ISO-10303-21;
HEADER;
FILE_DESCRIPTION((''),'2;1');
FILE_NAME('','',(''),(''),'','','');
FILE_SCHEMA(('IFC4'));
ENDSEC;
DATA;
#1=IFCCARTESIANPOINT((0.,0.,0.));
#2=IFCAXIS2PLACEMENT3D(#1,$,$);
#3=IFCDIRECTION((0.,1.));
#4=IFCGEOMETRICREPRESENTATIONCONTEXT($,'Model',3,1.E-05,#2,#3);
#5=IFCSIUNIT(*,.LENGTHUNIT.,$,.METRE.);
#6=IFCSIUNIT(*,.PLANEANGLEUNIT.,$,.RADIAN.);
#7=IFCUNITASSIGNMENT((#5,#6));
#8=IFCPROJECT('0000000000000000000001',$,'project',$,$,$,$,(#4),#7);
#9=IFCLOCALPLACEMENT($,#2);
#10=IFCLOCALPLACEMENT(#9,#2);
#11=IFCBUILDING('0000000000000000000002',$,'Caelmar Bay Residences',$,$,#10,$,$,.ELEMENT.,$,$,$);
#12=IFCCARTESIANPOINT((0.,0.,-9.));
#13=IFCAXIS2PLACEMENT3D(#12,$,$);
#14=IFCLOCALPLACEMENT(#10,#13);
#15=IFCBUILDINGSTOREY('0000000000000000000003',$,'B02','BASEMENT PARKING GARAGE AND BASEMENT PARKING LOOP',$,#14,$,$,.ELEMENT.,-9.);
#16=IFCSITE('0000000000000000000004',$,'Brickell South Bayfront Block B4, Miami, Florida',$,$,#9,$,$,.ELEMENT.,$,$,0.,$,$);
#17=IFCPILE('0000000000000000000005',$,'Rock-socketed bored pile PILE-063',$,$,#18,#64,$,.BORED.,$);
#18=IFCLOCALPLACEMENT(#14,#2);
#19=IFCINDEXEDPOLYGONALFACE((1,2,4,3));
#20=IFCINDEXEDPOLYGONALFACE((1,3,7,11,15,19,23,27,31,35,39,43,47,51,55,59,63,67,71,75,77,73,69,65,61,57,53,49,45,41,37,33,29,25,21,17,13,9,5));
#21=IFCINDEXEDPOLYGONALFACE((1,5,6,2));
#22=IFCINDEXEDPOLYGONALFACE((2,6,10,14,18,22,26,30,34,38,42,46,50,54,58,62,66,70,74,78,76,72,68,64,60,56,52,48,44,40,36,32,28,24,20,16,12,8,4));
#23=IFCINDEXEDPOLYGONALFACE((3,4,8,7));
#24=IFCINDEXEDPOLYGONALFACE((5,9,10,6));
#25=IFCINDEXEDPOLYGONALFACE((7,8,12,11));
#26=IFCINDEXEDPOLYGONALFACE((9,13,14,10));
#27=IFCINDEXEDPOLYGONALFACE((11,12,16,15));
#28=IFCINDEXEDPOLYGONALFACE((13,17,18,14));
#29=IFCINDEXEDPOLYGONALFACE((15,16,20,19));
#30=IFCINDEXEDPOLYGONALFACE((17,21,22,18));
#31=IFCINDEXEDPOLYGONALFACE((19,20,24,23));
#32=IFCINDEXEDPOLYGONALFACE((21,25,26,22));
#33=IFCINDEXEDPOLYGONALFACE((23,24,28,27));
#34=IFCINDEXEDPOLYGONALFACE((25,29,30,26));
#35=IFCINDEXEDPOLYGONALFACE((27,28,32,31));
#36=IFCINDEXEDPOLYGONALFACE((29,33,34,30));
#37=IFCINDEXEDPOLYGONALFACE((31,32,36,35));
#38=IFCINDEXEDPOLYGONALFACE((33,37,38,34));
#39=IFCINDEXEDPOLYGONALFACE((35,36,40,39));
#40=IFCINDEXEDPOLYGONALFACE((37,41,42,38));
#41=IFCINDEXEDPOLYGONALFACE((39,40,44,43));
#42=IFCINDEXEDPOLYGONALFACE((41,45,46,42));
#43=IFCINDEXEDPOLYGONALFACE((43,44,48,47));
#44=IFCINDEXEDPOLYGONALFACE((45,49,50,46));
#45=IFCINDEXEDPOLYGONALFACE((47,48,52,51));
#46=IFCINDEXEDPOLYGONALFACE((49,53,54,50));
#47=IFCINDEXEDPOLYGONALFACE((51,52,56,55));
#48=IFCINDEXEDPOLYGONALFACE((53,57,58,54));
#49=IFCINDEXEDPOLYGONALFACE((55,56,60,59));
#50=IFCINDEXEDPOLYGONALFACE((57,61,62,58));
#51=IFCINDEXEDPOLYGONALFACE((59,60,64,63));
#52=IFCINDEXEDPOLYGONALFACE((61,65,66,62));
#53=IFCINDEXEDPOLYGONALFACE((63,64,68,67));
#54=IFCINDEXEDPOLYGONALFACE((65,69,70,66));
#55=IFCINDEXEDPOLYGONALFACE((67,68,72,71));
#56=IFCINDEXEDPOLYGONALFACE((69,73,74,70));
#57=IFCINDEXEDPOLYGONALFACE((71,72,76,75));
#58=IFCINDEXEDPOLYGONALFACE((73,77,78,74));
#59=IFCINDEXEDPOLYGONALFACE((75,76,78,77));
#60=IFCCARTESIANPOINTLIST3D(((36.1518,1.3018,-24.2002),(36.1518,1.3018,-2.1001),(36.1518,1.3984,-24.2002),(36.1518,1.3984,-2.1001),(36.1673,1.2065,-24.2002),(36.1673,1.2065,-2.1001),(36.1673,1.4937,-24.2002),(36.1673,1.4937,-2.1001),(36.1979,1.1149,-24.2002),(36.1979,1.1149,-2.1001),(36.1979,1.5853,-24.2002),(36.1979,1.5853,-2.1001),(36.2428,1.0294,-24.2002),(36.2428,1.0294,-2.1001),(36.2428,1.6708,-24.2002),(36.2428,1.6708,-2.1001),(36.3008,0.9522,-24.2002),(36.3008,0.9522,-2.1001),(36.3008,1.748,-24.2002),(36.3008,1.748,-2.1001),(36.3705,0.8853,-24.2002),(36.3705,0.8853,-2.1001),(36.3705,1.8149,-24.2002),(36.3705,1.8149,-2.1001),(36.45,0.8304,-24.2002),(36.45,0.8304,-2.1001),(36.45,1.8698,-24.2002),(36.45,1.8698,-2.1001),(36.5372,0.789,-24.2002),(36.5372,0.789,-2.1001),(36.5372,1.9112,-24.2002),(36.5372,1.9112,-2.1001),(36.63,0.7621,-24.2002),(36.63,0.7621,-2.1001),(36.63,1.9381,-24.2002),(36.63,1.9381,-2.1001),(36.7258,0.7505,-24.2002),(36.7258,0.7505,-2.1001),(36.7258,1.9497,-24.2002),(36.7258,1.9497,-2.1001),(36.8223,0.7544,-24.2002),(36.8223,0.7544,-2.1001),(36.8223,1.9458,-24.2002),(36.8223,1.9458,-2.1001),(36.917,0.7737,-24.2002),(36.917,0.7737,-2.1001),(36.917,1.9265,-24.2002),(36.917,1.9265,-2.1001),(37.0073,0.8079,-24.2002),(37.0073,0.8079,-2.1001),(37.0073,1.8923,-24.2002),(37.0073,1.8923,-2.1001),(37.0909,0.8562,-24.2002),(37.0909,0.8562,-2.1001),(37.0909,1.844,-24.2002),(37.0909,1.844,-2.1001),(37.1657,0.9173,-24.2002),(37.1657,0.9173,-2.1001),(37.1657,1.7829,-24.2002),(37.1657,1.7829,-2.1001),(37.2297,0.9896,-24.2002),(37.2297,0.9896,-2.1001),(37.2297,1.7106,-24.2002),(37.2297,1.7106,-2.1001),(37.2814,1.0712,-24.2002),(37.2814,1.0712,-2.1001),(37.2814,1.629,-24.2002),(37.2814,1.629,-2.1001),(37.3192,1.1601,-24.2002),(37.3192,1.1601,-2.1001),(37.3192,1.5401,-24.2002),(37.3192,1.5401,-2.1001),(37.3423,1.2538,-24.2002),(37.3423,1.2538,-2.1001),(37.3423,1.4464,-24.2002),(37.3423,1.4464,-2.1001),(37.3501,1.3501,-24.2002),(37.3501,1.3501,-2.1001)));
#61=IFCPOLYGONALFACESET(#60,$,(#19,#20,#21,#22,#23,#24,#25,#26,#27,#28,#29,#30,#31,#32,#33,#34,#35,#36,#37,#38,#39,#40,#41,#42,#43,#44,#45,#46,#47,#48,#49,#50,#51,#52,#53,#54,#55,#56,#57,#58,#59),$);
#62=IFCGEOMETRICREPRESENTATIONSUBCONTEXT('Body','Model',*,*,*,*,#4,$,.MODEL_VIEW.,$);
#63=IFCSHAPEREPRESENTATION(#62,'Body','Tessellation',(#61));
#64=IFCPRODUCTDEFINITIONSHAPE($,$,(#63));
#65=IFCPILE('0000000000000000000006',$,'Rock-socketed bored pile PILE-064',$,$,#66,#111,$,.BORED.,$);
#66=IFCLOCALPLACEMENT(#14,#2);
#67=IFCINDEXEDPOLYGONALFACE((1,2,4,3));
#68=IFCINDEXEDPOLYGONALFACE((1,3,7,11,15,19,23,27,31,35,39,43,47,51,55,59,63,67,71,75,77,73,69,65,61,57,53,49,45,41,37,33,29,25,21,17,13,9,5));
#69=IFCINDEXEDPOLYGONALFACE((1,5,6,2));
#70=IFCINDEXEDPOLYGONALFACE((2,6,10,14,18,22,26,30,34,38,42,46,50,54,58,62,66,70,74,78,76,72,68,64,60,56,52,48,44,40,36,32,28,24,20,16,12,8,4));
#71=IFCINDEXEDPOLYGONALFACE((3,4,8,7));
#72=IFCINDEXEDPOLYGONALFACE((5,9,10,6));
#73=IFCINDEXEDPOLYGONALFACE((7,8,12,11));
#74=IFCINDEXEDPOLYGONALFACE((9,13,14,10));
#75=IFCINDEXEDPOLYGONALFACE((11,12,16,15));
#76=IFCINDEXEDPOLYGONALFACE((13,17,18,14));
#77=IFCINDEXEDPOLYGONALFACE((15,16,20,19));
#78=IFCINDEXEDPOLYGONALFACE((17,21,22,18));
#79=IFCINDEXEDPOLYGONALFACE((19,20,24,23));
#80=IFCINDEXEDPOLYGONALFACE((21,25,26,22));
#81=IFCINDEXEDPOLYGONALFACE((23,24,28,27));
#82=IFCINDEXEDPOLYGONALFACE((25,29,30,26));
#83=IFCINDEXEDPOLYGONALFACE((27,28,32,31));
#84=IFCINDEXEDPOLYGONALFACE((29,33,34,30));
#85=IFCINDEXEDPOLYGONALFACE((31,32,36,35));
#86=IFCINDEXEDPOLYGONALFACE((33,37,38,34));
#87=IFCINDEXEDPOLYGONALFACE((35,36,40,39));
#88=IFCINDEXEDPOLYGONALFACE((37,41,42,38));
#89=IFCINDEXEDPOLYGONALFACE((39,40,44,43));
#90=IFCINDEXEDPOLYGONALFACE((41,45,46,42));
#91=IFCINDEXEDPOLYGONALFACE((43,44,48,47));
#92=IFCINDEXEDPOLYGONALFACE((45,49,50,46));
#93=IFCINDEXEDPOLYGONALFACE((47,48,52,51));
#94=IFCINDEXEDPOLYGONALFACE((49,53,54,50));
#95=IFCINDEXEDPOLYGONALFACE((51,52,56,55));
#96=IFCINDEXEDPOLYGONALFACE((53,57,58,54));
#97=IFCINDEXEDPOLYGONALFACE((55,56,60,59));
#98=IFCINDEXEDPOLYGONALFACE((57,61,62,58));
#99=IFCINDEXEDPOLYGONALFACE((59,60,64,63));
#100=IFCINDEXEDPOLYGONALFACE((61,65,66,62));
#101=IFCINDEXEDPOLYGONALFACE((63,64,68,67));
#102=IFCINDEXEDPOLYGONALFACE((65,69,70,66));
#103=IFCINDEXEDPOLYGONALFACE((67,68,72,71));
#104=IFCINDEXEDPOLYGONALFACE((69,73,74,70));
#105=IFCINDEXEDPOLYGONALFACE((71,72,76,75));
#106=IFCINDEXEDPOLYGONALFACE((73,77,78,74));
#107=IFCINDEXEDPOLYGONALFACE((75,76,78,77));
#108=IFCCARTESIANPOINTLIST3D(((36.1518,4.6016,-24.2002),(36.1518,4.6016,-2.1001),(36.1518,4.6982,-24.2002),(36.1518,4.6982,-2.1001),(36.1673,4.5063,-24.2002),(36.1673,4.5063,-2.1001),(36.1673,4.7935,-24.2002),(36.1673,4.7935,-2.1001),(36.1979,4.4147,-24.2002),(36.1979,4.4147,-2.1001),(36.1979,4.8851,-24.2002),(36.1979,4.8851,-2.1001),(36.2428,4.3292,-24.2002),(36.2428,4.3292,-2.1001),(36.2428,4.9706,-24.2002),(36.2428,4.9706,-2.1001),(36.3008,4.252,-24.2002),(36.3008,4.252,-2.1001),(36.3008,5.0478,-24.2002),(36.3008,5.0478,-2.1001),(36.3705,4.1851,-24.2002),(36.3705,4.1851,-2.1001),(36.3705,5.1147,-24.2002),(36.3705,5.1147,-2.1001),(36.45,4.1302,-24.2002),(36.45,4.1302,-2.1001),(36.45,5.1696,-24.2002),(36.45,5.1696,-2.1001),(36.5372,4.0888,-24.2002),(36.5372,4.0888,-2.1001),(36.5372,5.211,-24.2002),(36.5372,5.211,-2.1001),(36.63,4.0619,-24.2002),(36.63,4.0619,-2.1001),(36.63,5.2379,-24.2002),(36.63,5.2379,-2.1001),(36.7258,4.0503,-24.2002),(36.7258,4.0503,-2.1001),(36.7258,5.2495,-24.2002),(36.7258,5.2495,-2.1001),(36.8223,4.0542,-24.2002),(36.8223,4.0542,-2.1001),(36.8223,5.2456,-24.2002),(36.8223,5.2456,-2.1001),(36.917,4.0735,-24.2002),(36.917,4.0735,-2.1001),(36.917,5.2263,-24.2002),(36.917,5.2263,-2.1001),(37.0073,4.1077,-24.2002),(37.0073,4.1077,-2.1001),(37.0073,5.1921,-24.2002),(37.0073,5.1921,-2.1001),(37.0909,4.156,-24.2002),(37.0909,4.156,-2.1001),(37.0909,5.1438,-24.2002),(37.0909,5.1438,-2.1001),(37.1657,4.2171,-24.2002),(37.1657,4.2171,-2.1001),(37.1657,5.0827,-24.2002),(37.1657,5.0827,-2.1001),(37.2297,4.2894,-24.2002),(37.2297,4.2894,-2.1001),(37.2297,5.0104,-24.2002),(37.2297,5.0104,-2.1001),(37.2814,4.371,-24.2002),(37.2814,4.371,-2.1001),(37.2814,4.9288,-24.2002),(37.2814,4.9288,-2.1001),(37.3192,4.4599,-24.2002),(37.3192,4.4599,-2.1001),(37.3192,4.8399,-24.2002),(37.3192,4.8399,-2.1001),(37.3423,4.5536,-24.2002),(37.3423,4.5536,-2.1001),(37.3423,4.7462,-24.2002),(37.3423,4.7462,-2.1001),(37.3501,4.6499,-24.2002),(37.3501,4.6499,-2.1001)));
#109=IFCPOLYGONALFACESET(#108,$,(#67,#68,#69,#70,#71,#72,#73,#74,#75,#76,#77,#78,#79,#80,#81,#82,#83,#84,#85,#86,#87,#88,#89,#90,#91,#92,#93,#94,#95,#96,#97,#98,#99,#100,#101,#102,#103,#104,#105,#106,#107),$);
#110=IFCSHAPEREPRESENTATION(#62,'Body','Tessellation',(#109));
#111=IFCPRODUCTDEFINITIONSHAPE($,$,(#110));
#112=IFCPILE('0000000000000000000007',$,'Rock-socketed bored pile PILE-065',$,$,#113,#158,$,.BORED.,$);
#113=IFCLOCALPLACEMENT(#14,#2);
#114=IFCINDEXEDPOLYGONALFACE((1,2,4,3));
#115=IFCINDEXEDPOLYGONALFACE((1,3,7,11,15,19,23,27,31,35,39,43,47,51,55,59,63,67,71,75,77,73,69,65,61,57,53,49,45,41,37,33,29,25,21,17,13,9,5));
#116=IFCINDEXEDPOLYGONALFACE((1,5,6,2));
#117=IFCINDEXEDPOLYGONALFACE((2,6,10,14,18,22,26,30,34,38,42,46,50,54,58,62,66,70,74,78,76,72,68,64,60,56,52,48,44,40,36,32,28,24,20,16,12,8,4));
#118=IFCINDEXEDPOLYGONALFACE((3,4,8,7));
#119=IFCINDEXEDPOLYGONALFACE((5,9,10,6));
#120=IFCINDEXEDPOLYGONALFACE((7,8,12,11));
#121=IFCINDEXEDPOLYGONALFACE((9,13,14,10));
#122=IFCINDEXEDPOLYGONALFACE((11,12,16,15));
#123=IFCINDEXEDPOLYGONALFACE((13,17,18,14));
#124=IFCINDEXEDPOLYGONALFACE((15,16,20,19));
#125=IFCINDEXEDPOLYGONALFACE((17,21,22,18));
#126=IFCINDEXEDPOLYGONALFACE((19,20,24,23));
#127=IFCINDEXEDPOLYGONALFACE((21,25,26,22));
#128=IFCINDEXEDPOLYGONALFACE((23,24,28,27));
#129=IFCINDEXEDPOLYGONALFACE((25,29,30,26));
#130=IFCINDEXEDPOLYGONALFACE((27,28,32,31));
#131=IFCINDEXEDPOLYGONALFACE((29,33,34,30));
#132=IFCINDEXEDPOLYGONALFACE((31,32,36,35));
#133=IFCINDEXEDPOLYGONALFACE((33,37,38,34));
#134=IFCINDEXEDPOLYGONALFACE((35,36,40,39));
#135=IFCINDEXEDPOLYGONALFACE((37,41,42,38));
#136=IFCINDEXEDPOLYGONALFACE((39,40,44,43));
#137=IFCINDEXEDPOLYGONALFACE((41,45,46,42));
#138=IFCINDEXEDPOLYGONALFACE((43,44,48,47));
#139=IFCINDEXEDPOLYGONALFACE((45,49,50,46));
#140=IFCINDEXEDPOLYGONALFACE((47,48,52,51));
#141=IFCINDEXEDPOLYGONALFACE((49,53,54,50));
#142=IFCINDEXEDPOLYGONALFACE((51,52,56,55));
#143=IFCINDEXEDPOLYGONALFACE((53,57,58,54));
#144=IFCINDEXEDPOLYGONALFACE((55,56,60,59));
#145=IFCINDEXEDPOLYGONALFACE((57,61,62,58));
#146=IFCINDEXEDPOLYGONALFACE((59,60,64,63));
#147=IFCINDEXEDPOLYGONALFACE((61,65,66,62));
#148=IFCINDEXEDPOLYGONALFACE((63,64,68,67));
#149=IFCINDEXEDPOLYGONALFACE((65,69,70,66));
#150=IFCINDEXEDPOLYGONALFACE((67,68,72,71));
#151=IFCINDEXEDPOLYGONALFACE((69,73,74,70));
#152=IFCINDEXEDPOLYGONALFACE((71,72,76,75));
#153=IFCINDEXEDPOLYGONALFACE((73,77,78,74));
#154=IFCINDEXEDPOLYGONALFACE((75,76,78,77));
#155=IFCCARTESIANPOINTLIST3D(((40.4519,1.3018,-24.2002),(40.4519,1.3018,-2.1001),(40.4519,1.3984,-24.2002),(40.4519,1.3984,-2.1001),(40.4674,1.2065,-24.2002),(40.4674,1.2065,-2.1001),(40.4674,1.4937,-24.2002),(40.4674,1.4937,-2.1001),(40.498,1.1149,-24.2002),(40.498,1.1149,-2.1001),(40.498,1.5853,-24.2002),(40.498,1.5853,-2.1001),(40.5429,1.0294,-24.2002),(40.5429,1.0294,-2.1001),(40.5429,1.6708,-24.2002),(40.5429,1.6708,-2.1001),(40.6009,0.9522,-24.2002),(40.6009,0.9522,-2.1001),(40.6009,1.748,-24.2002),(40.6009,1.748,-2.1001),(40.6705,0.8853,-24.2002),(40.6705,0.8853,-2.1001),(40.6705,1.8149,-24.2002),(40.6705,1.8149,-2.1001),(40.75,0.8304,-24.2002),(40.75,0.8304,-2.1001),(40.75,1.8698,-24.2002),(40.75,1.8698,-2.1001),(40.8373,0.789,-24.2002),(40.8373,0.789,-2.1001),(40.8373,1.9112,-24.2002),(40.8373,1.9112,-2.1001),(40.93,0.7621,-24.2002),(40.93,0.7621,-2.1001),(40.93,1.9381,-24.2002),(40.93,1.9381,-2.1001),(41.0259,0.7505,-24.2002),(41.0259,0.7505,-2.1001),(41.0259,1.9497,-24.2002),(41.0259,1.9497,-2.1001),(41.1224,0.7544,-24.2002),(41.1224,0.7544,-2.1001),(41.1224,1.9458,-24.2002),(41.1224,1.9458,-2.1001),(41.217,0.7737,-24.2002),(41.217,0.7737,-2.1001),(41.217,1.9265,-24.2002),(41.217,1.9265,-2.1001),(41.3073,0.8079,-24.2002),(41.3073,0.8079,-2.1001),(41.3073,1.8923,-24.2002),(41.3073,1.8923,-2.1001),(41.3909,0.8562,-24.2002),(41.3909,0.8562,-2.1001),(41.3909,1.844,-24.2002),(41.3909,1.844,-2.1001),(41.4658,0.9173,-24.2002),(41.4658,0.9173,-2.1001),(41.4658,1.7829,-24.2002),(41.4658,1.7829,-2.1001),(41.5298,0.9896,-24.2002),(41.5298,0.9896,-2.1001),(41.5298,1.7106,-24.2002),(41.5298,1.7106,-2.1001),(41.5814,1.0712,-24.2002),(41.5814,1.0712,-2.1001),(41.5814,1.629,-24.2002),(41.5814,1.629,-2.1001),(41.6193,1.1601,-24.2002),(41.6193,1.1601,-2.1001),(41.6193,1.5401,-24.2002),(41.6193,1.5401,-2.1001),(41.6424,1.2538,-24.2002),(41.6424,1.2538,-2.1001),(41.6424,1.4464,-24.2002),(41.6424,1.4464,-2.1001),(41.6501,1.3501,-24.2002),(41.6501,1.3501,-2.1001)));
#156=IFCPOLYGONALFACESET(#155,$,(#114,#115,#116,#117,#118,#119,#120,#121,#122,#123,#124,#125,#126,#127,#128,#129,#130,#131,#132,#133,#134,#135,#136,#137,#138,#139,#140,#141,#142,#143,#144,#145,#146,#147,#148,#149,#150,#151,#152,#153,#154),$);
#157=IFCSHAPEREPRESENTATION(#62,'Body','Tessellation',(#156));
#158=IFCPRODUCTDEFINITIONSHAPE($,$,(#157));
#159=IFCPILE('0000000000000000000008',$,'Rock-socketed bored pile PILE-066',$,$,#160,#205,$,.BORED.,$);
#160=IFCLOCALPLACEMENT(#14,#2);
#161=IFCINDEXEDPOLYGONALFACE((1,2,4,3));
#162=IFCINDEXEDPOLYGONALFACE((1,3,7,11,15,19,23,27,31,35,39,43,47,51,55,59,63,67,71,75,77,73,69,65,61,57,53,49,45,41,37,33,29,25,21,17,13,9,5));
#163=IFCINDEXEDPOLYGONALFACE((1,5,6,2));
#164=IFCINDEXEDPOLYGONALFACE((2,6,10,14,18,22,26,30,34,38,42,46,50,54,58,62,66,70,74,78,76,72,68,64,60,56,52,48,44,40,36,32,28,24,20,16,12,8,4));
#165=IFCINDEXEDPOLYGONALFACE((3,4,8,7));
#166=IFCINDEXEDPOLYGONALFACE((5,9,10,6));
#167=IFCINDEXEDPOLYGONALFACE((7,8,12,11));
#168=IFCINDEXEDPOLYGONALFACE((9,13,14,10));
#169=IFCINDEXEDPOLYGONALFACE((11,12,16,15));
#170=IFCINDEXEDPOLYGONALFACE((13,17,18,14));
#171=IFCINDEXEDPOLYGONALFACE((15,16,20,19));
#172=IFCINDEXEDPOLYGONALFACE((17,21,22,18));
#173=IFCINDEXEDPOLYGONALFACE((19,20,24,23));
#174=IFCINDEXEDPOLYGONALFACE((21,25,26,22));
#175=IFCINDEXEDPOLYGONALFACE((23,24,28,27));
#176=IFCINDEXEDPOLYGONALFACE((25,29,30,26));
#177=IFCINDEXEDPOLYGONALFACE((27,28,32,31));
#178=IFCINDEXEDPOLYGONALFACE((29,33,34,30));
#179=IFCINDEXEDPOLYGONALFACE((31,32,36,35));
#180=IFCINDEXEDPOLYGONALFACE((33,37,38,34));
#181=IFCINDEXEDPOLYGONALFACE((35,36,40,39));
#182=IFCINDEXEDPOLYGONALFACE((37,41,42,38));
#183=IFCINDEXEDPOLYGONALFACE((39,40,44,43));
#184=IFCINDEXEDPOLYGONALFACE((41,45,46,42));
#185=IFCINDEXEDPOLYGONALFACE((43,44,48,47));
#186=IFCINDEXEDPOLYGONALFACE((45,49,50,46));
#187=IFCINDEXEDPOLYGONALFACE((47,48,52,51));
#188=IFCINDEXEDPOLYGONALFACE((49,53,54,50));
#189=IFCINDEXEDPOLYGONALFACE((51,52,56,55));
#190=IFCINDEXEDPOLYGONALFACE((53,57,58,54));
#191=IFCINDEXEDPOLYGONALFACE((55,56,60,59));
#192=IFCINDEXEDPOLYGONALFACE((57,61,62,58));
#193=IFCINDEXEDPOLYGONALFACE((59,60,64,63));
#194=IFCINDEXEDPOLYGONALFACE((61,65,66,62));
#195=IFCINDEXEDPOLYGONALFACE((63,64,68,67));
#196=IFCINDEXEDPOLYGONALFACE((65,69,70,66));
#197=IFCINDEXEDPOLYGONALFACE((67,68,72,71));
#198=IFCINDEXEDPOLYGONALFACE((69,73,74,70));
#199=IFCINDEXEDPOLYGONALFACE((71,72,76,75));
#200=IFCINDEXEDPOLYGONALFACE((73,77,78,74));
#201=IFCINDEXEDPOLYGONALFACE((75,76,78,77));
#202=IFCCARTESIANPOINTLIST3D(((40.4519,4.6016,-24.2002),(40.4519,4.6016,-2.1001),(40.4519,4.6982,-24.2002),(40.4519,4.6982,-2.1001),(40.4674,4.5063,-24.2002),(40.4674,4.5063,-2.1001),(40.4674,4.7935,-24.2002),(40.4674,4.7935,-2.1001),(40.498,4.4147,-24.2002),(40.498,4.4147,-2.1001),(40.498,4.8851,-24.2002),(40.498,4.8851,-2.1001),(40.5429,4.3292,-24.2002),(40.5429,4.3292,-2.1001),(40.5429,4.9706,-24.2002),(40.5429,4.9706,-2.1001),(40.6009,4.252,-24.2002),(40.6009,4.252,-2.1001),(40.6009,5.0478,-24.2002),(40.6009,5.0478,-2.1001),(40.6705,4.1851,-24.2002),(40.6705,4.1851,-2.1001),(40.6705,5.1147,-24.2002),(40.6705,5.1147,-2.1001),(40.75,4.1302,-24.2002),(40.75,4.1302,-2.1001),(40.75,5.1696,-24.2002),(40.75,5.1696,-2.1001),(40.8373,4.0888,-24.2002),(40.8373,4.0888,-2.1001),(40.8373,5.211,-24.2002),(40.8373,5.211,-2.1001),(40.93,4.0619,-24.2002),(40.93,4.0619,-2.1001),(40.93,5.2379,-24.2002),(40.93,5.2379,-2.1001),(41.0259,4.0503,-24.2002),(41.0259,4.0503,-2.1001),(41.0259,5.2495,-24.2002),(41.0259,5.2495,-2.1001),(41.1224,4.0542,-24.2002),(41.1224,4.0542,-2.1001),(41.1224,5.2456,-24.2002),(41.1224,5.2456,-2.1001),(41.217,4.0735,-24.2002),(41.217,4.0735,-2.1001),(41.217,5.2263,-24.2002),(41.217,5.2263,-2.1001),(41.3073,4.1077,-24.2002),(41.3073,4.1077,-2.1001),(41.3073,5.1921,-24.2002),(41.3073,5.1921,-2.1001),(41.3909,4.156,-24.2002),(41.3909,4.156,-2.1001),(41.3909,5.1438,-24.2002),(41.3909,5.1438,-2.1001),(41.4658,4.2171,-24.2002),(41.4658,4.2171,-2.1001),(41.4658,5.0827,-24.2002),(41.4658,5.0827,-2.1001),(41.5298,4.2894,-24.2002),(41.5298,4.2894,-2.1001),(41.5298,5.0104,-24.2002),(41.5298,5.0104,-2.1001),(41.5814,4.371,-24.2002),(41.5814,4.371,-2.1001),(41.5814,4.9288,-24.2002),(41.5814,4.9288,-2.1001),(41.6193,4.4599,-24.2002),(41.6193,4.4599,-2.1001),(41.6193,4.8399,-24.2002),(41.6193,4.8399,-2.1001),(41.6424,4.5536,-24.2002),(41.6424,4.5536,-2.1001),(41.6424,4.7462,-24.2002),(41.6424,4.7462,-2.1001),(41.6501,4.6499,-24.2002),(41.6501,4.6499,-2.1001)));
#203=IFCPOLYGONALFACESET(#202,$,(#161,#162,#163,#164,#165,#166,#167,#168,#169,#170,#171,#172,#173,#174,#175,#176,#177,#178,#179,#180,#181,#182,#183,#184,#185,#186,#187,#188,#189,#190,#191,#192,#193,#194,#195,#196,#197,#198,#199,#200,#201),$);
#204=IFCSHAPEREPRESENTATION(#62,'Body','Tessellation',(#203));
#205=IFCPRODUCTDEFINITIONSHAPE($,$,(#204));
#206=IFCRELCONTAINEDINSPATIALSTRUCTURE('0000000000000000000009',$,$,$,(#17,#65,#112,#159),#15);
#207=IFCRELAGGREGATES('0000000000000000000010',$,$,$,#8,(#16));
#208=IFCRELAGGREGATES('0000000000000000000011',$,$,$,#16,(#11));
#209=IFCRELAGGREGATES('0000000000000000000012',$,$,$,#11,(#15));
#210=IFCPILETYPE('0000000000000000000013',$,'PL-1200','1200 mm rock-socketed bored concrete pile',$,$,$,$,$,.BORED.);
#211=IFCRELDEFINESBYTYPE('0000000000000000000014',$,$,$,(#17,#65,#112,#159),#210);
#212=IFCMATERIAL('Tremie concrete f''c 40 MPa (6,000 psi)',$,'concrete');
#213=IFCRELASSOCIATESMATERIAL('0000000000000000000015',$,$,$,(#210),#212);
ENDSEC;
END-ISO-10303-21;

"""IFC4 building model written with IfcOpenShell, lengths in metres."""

from ifc_helpers import new_model, si_unit, direction, frame, origin, origin_2d, place, context, subcontext, project, spatial, circle, extrude, material, material_profile, profile_set, type_object, element, save


model = new_model("IFC4")

# Units and contexts
model_context = context("Model", 3, precision=1e-05, world=origin(), true_north=direction((0.0, 1.0)))
body_context = subcontext(model_context, "Body", "Model", "MODEL_VIEW")
ifc_project = project(units=[si_unit("LENGTHUNIT", "METRE"), si_unit("PLANEANGLEUNIT", "RADIAN")], contexts=[model_context])

# Site, building, storey
site_placement = place(None, origin())
site = spatial("IfcSite", under=ifc_project, at=site_placement, Name="Brickell South Bayfront Block B4, Miami, Florida", CompositionType="ELEMENT", RefElevation=0.0)
building_placement = place(site_placement, origin())
building = spatial("IfcBuilding", under=site, at=building_placement, Name="Caelmar Bay Residences", CompositionType="ELEMENT")
storey_placement = place(building_placement, frame((0.0, 0.0, -9.0)))
storey = spatial("IfcBuildingStorey", under=building, at=storey_placement, Name="B02", Description="BASEMENT PARKING GARAGE AND BASEMENT PARKING LOOP", CompositionType="ELEMENT", Elevation=-9.0)

# Piles
ifc_material_1 = material(Name="Tremie concrete f'c 40 MPa (6,000 psi)", Category="concrete")
ifc_material_profile_1 = material_profile(ifc_material_1, circle(Radius=0.6001, at=origin_2d()), Name="PILE-1200D")
ifc_profile_set_1 = profile_set([ifc_material_profile_1], Name="Tremie concrete f'c 40 MPa (6,000 psi)")
pile_type = type_object("IfcPileType", Name="PL-1200", Description="1200 mm rock-socketed bored concrete pile", PredefinedType="BORED", material=ifc_profile_set_1)
for number, where, z_axis, x_axis, name in (
    (1, (36.75, 1.3501, -2.1001), (0.0, 0.0, -1.0), (1.0, 0.0, 0.0), "Rock-socketed bored pile PILE-063"),
    (2, (36.75, 4.6499, -2.1001), (0.0, 0.0, -1.0), (1.0, 0.0, 0.0), "Rock-socketed bored pile PILE-064"),
    (3, (41.05, 1.3501, -2.1001), (0.0, 0.0, -1.0), (1.0, 0.0, 0.0), "Rock-socketed bored pile PILE-065"),
    (4, (41.05, 4.6499, -2.1001), (0.0, 0.0, -1.0), (1.0, 0.0, 0.0), "Rock-socketed bored pile PILE-066"),
):
    element("IfcPile", number, at=place(storey_placement, frame(where, z_axis=z_axis, x_axis=x_axis)), inside=storey, type_object=pile_type, Name=name, PredefinedType="BORED", context=body_context, shape_type="SweptSolid", body=[
        extrude(circle(Radius=0.6001, at=origin_2d()), origin(), (0.0, 0.0, 1.0), 22.1001),
    ])

save(model, "model.ifc")
